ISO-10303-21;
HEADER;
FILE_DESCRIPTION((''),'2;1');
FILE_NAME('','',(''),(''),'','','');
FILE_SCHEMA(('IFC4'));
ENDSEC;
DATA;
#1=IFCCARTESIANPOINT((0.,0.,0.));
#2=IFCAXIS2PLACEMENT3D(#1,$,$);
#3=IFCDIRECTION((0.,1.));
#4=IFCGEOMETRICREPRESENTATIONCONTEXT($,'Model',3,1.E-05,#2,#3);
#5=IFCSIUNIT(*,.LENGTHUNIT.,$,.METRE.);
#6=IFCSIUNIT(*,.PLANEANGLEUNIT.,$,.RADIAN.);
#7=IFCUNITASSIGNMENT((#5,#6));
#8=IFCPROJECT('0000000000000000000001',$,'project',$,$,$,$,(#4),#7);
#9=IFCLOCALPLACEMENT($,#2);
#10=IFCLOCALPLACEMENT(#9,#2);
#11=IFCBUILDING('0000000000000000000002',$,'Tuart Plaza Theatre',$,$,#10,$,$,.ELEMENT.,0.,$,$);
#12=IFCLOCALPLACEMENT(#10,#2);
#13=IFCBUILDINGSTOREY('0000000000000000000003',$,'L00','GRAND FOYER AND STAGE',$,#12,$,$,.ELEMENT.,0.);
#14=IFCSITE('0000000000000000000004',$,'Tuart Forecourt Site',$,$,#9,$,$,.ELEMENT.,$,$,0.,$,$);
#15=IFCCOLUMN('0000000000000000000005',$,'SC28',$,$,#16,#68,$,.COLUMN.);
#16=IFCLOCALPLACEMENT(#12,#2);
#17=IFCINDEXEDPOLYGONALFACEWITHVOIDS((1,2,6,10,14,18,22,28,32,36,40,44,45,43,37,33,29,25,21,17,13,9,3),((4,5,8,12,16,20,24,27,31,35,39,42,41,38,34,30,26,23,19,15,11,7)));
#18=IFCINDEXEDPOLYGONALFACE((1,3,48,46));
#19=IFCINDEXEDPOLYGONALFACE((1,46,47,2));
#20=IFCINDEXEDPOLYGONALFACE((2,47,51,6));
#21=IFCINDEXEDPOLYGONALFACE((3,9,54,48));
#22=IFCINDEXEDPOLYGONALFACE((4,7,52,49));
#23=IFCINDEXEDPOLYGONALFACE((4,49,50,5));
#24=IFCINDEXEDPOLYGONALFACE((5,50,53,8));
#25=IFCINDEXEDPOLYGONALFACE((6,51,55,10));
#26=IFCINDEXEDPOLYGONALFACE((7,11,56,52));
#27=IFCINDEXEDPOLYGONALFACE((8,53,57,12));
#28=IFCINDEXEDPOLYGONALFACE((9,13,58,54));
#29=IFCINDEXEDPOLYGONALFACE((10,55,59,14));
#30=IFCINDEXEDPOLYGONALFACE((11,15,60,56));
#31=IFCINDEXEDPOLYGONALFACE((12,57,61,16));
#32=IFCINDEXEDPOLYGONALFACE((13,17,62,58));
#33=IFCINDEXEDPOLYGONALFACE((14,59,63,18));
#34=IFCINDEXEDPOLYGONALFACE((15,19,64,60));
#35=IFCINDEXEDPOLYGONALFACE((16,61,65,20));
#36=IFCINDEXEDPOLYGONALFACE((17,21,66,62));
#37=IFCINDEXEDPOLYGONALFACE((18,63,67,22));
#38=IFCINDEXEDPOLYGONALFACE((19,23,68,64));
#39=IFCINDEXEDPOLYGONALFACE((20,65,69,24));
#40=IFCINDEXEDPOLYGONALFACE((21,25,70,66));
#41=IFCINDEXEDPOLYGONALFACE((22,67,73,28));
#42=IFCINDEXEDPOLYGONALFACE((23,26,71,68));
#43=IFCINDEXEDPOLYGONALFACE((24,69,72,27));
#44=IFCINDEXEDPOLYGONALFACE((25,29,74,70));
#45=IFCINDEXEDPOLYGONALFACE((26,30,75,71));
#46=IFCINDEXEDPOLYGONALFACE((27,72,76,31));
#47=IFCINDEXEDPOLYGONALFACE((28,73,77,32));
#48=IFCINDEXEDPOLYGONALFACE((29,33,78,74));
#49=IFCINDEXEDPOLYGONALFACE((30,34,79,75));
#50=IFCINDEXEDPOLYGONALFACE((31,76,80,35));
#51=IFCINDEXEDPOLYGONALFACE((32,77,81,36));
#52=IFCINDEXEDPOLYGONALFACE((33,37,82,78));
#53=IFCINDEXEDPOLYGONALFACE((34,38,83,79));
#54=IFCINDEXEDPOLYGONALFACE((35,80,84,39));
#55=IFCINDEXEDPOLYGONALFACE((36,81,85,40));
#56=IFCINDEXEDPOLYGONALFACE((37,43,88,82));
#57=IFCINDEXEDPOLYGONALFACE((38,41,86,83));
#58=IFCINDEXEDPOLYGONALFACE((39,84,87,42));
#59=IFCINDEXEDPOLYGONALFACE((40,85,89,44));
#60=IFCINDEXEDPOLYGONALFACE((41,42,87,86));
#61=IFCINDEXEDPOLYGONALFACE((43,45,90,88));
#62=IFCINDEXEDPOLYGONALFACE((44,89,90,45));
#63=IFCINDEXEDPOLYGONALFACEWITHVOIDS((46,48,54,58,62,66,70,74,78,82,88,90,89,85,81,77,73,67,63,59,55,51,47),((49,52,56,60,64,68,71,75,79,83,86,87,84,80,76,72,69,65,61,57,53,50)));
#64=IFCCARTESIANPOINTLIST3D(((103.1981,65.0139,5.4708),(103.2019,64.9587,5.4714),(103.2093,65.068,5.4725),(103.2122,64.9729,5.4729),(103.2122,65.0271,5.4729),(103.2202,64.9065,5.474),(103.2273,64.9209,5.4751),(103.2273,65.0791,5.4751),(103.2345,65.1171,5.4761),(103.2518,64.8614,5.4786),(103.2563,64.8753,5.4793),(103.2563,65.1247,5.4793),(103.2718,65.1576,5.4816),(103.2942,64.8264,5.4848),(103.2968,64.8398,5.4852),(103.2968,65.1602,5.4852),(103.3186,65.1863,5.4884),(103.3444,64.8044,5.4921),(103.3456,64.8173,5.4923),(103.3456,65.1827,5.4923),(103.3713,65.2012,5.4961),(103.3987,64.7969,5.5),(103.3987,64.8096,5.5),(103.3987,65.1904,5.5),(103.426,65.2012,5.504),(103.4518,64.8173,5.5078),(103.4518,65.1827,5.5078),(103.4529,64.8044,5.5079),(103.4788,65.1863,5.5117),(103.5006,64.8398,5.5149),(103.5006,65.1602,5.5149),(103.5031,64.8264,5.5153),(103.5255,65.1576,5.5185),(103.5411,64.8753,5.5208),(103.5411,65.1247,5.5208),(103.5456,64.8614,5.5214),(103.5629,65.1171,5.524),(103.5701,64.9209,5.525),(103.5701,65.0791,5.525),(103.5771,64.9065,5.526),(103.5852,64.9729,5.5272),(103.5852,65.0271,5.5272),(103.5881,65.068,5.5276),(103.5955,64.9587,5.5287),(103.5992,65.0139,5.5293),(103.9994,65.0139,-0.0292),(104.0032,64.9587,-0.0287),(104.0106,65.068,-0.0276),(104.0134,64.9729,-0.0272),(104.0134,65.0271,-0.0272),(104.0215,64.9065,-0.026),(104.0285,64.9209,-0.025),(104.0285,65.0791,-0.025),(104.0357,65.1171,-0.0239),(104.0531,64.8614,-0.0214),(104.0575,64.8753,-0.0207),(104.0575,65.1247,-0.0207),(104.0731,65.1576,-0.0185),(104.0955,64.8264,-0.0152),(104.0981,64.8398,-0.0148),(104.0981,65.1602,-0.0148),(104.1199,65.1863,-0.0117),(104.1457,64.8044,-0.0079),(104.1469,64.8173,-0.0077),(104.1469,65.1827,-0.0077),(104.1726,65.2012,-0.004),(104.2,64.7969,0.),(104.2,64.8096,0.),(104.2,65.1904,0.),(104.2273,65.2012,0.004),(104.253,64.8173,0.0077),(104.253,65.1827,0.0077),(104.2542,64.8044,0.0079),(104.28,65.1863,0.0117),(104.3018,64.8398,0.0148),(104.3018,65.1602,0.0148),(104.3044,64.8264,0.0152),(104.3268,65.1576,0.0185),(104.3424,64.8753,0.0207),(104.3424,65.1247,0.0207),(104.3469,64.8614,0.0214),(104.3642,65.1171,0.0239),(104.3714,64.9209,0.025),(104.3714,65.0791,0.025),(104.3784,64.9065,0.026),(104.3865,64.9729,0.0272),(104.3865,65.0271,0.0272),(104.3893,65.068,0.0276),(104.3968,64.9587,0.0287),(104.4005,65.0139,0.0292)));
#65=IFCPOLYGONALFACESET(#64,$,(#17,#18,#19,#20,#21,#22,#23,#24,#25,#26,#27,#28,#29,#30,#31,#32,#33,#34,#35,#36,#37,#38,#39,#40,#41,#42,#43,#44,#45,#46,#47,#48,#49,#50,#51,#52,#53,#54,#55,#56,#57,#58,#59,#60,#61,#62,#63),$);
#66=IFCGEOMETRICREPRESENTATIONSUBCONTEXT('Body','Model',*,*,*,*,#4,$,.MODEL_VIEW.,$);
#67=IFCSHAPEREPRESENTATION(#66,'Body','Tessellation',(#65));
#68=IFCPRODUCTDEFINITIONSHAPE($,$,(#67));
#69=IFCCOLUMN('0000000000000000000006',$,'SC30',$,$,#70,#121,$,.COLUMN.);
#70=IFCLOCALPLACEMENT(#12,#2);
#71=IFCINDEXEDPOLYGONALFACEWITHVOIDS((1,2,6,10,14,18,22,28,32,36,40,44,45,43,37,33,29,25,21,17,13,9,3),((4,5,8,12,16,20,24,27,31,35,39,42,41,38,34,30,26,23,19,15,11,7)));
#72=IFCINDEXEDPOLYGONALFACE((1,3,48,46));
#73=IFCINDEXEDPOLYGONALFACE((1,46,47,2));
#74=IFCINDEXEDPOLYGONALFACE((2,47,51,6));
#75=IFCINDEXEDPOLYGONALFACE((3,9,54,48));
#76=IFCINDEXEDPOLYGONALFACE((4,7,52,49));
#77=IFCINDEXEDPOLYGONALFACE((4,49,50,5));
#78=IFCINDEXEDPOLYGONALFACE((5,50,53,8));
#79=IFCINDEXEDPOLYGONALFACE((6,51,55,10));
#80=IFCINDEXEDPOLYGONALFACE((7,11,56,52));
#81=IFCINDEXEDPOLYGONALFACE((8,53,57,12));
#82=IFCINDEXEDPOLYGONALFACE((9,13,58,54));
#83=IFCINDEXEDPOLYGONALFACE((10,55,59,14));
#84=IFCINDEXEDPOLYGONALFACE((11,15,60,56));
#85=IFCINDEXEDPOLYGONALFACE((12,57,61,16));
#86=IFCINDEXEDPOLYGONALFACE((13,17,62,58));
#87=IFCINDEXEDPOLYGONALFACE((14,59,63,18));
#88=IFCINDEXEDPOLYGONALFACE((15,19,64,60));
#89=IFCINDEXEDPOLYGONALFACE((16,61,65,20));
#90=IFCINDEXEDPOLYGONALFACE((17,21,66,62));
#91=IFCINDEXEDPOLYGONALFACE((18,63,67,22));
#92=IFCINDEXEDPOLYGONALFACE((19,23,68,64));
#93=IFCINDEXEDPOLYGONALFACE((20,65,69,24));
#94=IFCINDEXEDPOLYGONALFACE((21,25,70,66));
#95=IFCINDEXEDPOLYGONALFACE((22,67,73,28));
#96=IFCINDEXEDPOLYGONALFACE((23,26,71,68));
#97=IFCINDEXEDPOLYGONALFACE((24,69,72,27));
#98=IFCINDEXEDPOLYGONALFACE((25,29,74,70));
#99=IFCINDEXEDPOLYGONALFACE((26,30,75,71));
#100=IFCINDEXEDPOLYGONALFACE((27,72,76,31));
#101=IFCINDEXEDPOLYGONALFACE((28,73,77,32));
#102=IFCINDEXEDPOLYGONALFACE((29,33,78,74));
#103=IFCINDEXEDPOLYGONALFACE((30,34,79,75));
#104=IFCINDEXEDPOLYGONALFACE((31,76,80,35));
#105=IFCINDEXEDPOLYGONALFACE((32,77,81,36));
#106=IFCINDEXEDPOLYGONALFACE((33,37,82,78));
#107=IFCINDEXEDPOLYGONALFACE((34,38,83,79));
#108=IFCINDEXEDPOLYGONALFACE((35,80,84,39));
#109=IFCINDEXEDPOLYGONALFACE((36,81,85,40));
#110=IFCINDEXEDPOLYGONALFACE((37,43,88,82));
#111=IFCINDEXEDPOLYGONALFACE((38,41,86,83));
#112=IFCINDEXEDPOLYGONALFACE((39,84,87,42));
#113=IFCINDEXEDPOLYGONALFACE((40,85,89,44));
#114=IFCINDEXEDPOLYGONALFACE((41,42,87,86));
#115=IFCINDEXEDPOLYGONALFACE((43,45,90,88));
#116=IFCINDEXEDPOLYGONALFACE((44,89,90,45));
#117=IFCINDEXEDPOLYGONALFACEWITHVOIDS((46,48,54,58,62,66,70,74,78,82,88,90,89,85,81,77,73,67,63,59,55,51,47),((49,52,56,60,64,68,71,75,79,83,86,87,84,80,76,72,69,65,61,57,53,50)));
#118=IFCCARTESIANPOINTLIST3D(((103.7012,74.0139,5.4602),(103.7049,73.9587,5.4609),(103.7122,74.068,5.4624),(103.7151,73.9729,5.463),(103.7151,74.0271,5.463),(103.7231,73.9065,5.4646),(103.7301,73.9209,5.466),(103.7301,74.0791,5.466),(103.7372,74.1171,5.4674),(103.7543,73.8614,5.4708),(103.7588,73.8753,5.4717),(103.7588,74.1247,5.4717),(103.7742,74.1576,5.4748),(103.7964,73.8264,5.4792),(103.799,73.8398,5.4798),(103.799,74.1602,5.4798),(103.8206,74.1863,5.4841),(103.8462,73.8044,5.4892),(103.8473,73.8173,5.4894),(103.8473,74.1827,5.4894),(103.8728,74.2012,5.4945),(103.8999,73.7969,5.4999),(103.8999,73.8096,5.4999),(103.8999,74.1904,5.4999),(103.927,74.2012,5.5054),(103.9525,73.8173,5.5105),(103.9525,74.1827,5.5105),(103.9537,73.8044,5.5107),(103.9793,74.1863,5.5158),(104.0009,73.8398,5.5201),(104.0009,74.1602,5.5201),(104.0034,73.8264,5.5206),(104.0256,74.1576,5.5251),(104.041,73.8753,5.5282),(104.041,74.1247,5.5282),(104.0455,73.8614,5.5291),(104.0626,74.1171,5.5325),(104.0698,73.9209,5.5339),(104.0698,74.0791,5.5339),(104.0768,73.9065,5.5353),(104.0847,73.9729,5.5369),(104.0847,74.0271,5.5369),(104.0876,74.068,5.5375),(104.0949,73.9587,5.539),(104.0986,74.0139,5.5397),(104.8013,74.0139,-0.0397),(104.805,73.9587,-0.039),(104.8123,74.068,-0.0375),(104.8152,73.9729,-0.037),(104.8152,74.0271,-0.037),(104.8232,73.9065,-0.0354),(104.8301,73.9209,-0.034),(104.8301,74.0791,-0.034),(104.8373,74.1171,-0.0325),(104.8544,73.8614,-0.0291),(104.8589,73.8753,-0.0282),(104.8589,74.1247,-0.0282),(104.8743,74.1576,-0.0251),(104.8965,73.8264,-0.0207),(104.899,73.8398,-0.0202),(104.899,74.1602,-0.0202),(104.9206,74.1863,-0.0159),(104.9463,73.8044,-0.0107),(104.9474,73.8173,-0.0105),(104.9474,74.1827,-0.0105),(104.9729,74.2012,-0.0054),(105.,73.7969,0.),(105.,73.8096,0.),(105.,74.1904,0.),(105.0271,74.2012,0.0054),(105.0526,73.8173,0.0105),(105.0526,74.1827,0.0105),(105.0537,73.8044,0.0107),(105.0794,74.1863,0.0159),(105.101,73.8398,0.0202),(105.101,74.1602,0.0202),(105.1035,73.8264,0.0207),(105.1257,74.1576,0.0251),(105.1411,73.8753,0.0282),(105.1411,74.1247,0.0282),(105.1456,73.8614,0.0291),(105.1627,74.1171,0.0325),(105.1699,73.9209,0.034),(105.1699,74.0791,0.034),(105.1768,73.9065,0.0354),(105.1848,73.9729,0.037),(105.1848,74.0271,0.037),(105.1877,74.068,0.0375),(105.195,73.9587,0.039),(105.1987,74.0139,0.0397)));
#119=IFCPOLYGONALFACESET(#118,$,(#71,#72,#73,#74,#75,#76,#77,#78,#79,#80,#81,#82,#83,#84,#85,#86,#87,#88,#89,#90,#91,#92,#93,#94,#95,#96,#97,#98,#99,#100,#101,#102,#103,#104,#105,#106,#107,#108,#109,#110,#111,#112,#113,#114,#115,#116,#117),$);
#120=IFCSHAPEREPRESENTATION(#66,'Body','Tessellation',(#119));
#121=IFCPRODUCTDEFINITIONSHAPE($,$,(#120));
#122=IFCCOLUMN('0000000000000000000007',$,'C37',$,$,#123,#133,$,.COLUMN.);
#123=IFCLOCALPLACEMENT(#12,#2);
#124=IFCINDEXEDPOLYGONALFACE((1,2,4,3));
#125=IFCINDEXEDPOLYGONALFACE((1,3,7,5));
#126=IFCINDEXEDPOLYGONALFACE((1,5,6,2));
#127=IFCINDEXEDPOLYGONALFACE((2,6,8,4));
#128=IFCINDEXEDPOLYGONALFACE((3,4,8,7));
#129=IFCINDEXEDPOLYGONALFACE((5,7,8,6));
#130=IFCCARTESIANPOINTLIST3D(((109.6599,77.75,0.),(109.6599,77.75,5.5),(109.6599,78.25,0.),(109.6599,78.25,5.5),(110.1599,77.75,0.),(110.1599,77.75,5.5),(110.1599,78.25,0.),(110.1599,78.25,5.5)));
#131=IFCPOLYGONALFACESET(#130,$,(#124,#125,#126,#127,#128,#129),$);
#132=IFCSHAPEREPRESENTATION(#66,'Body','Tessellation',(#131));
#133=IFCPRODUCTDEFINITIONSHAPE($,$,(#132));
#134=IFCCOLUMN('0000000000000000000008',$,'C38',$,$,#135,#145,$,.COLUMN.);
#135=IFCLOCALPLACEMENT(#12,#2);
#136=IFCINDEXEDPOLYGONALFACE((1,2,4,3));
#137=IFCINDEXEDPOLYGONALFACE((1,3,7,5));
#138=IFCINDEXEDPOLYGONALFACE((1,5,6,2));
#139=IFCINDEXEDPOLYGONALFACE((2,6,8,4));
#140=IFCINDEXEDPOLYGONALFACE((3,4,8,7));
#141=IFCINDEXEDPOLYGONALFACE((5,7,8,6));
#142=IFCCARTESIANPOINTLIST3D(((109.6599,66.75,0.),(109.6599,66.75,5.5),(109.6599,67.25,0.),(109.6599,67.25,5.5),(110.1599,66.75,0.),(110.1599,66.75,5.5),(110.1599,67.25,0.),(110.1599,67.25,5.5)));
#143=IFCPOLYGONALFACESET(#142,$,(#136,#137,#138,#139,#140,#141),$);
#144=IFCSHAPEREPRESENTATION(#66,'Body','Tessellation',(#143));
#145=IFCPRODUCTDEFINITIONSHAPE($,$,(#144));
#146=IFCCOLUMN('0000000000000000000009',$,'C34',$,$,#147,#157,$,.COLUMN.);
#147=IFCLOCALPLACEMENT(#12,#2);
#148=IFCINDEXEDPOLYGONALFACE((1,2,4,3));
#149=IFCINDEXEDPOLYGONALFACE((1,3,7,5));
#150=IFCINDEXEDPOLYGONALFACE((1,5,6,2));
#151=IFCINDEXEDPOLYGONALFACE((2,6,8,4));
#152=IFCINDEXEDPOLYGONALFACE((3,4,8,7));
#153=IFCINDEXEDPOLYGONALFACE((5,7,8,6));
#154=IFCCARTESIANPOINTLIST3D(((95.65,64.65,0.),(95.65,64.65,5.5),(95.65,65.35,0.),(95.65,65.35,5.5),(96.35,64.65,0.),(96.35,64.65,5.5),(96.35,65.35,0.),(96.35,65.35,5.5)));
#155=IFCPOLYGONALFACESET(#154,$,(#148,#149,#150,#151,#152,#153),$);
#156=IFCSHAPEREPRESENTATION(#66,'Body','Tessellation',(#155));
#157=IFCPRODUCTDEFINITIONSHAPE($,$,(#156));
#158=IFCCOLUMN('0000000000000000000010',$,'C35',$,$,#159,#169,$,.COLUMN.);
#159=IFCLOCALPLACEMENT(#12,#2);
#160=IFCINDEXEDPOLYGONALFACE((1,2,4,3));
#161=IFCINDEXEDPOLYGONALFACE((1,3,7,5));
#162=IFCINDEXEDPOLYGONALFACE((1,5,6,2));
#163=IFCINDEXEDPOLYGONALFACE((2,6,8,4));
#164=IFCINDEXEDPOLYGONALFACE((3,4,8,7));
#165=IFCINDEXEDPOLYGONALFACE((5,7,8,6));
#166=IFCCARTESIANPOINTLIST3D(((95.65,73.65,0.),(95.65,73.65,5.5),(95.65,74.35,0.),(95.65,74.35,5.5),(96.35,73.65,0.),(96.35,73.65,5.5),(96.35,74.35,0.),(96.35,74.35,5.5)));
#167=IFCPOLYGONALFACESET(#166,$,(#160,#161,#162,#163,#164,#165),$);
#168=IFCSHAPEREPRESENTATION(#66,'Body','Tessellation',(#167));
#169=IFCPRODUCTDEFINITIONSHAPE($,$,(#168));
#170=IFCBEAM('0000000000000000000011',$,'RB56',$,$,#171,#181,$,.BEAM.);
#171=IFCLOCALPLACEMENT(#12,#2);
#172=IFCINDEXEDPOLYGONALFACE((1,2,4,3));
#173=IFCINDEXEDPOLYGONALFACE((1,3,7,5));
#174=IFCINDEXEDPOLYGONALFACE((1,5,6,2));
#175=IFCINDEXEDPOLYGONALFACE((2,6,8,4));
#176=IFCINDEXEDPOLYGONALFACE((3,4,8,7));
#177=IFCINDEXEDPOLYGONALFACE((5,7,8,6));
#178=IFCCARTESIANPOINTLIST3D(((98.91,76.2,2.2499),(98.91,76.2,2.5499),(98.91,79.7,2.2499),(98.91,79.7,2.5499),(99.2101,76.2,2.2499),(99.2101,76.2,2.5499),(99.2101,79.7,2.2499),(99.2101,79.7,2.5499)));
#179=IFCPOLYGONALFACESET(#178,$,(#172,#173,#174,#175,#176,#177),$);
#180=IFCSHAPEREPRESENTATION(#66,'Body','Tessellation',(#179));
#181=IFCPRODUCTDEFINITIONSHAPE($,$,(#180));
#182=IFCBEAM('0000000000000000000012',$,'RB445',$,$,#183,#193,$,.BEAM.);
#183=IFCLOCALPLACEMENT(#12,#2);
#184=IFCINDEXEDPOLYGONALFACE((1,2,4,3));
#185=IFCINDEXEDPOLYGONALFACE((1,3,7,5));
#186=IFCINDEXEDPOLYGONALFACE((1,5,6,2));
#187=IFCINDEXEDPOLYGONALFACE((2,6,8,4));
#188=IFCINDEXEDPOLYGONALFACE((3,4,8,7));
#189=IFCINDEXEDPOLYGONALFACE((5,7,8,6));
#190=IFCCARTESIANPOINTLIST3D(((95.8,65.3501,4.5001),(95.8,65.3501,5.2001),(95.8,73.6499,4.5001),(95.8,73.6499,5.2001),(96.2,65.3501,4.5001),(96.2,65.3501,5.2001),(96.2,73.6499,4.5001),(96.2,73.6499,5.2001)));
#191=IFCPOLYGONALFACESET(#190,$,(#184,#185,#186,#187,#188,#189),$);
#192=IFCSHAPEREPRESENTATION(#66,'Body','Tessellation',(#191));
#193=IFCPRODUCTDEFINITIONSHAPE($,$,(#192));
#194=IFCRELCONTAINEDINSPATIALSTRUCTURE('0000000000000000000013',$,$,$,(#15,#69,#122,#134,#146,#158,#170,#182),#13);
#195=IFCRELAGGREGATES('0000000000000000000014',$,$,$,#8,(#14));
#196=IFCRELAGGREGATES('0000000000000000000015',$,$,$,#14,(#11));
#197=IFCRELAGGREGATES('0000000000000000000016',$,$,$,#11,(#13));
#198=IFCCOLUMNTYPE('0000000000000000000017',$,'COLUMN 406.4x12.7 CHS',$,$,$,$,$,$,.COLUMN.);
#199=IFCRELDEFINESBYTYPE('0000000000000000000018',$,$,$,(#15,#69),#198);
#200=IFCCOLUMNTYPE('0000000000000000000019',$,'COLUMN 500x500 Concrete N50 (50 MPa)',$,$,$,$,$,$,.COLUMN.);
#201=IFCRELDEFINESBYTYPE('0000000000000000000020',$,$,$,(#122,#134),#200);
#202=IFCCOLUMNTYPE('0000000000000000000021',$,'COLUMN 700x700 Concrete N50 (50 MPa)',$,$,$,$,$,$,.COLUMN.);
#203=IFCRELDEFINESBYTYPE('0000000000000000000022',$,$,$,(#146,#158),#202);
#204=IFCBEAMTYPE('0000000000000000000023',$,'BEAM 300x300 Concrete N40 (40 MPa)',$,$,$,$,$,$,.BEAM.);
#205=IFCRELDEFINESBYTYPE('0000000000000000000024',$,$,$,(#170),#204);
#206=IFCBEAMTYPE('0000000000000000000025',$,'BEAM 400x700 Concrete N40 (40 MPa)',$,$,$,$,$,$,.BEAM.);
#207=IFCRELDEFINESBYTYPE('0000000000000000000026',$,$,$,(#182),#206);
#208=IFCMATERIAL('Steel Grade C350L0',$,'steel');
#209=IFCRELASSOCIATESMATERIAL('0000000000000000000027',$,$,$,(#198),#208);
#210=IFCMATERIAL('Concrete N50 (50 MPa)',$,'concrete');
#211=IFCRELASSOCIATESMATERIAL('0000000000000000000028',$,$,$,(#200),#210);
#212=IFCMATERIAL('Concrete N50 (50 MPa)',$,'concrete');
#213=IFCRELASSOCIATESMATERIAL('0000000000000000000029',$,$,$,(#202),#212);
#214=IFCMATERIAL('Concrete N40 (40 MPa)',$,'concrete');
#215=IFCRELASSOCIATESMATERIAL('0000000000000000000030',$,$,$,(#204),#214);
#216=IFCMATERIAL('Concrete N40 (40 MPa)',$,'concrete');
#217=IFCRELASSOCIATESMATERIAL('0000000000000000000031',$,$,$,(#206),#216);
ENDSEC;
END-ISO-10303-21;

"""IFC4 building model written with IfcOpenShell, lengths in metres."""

from ifc_helpers import new_model, si_unit, direction, frame, origin, origin_2d, place, context, subcontext, project, spatial, rectangle, hollow_circle, extrude, material, material_profile, profile_set, type_object, element, save


model = new_model("IFC4")

# Units and contexts
model_context = context("Model", 3, precision=1e-05, world=origin(), true_north=direction((0.0, 1.0)))
body_context = subcontext(model_context, "Body", "Model", "MODEL_VIEW")
ifc_project = project(units=[si_unit("LENGTHUNIT", "METRE"), si_unit("PLANEANGLEUNIT", "RADIAN")], contexts=[model_context])

# Site, building, storey
site_placement = place(None, origin())
site = spatial("IfcSite", under=ifc_project, at=site_placement, Name="Tuart Forecourt Site", CompositionType="ELEMENT", RefElevation=0.0)
building_placement = place(site_placement, origin())
building = spatial("IfcBuilding", under=site, at=building_placement, Name="Tuart Plaza Theatre", CompositionType="ELEMENT", ElevationOfRefHeight=0.0)
storey_placement = place(building_placement, origin())
storey = spatial("IfcBuildingStorey", under=building, at=storey_placement, Name="L00", Description="GRAND FOYER AND STAGE", CompositionType="ELEMENT", Elevation=0.0)

# Columns
ifc_material_1 = material(Name="Steel Grade C350L0", Category="steel")
ifc_material_profile_1 = material_profile(ifc_material_1, hollow_circle(Radius=0.2031, WallThickness=0.0127, at=origin_2d()), Name="406.4x12.7 CHS")
ifc_profile_set_1 = profile_set([ifc_material_profile_1], Name="Steel Grade C350L0")
column_type_1 = type_object("IfcColumnType", Name="COLUMN 406.4x12.7 CHS", PredefinedType="COLUMN", material=ifc_profile_set_1)
column_1_placement = place(storey_placement, frame((104.2, 65.0, 0.0), z_axis=(-0.144164, 0.0, 0.989554), x_axis=(0.0, -1.0, 0.0)))
element("IfcColumn", 1, at=column_1_placement, inside=storey, type_object=column_type_1, Name="SC28", PredefinedType="COLUMN", context=body_context, shape_type="SweptSolid", body=[
    extrude(hollow_circle(Radius=0.2031, WallThickness=0.0127, at=origin_2d()), origin(), (0.0, 0.0, 1.0), 5.5581),
])
column_2_placement = place(storey_placement, frame((105.0, 74.0, 0.0), z_axis=(-0.196133, 0.0, 0.980577), x_axis=(0.0, -1.0, 0.0)))
element("IfcColumn", 2, at=column_2_placement, inside=storey, type_object=column_type_1, Name="SC30", PredefinedType="COLUMN", context=body_context, shape_type="SweptSolid", body=[
    extrude(hollow_circle(Radius=0.2031, WallThickness=0.0127, at=origin_2d()), origin(), (0.0, 0.0, 1.0), 5.6089),
])
ifc_material_2 = material(Name="Concrete N50 (50 MPa)", Category="concrete")
ifc_material_profile_2 = material_profile(ifc_material_2, rectangle(XDim=0.5, YDim=0.5, at=origin_2d()), Name="COLUMN 500x500 Concrete N50 (50 MPa)")
ifc_profile_set_2 = profile_set([ifc_material_profile_2], Name="Concrete N50 (50 MPa)")
column_type_2 = type_object("IfcColumnType", Name="COLUMN 500x500 Concrete N50 (50 MPa)", PredefinedType="COLUMN", material=ifc_profile_set_2)
for number, where, z_axis, x_axis, name in (
    (3, (109.9099, 78.0, 0.0), (0.0, 0.0, 1.0), (1.0, 0.0, 0.0), "C37"),
    (4, (109.9099, 67.0, 0.0), (0.0, 0.0, 1.0), (1.0, 0.0, 0.0), "C38"),
):
    element("IfcColumn", number, at=place(storey_placement, frame(where, z_axis=z_axis, x_axis=x_axis)), inside=storey, type_object=column_type_2, Name=name, PredefinedType="COLUMN", context=body_context, shape_type="SweptSolid", body=[
        extrude(rectangle(XDim=0.5, YDim=0.5, at=origin_2d()), origin(), (0.0, 0.0, 1.0), 5.5),
    ])
ifc_material_3 = material(Name="Concrete N50 (50 MPa)", Category="concrete")
ifc_material_profile_3 = material_profile(ifc_material_3, rectangle(XDim=0.7, YDim=0.7, at=origin_2d()), Name="COLUMN 700x700 Concrete N50 (50 MPa)")
ifc_profile_set_3 = profile_set([ifc_material_profile_3], Name="Concrete N50 (50 MPa)")
column_type_3 = type_object("IfcColumnType", Name="COLUMN 700x700 Concrete N50 (50 MPa)", PredefinedType="COLUMN", material=ifc_profile_set_3)
for number, where, z_axis, x_axis, name in (
    (5, (96.0, 65.0, 0.0), (0.0, 0.0, 1.0), (1.0, 0.0, 0.0), "C34"),
    (6, (96.0, 74.0, 0.0), (0.0, 0.0, 1.0), (1.0, 0.0, 0.0), "C35"),
):
    element("IfcColumn", number, at=place(storey_placement, frame(where, z_axis=z_axis, x_axis=x_axis)), inside=storey, type_object=column_type_3, Name=name, PredefinedType="COLUMN", context=body_context, shape_type="SweptSolid", body=[
        extrude(rectangle(XDim=0.7, YDim=0.7, at=origin_2d()), origin(), (0.0, 0.0, 1.0), 5.5),
    ])

# Beams
ifc_material_4 = material(Name="Concrete N40 (40 MPa)", Category="concrete")
ifc_material_profile_4 = material_profile(ifc_material_4, rectangle(XDim=0.3, YDim=0.3, at=origin_2d()), Name="BEAM 300x300 Concrete N40 (40 MPa)")
ifc_profile_set_4 = profile_set([ifc_material_profile_4], Name="Concrete N40 (40 MPa)")
beam_type_1 = type_object("IfcBeamType", Name="BEAM 300x300 Concrete N40 (40 MPa)", PredefinedType="BEAM", material=ifc_profile_set_4)
beam_1_placement = place(storey_placement, frame((99.0601, 76.2, 2.3999), z_axis=(0.0, 1.0, 0.0), x_axis=(-1.0, 0.0, 0.0)))
element("IfcBeam", 7, at=beam_1_placement, inside=storey, type_object=beam_type_1, Name="RB56", PredefinedType="BEAM", context=body_context, shape_type="SweptSolid", body=[
    extrude(rectangle(XDim=0.3, YDim=0.3, at=origin_2d()), origin(), (0.0, 0.0, 1.0), 3.5),
])
ifc_material_5 = material(Name="Concrete N40 (40 MPa)", Category="concrete")
ifc_material_profile_5 = material_profile(ifc_material_5, rectangle(XDim=0.3999, YDim=0.7, at=origin_2d()), Name="BEAM 400x700 Concrete N40 (40 MPa)")
ifc_profile_set_5 = profile_set([ifc_material_profile_5], Name="Concrete N40 (40 MPa)")
beam_type_2 = type_object("IfcBeamType", Name="BEAM 400x700 Concrete N40 (40 MPa)", PredefinedType="BEAM", material=ifc_profile_set_5)
beam_2_placement = place(storey_placement, frame((96.0, 65.3501, 4.8501), z_axis=(0.0, 1.0, 0.0), x_axis=(-1.0, 0.0, 0.0)))
element("IfcBeam", 8, at=beam_2_placement, inside=storey, type_object=beam_type_2, Name="RB445", PredefinedType="BEAM", context=body_context, shape_type="SweptSolid", body=[
    extrude(rectangle(XDim=0.3999, YDim=0.7, at=origin_2d()), origin(), (0.0, 0.0, 1.0), 8.2998),
])

save(model, "model.ifc")
